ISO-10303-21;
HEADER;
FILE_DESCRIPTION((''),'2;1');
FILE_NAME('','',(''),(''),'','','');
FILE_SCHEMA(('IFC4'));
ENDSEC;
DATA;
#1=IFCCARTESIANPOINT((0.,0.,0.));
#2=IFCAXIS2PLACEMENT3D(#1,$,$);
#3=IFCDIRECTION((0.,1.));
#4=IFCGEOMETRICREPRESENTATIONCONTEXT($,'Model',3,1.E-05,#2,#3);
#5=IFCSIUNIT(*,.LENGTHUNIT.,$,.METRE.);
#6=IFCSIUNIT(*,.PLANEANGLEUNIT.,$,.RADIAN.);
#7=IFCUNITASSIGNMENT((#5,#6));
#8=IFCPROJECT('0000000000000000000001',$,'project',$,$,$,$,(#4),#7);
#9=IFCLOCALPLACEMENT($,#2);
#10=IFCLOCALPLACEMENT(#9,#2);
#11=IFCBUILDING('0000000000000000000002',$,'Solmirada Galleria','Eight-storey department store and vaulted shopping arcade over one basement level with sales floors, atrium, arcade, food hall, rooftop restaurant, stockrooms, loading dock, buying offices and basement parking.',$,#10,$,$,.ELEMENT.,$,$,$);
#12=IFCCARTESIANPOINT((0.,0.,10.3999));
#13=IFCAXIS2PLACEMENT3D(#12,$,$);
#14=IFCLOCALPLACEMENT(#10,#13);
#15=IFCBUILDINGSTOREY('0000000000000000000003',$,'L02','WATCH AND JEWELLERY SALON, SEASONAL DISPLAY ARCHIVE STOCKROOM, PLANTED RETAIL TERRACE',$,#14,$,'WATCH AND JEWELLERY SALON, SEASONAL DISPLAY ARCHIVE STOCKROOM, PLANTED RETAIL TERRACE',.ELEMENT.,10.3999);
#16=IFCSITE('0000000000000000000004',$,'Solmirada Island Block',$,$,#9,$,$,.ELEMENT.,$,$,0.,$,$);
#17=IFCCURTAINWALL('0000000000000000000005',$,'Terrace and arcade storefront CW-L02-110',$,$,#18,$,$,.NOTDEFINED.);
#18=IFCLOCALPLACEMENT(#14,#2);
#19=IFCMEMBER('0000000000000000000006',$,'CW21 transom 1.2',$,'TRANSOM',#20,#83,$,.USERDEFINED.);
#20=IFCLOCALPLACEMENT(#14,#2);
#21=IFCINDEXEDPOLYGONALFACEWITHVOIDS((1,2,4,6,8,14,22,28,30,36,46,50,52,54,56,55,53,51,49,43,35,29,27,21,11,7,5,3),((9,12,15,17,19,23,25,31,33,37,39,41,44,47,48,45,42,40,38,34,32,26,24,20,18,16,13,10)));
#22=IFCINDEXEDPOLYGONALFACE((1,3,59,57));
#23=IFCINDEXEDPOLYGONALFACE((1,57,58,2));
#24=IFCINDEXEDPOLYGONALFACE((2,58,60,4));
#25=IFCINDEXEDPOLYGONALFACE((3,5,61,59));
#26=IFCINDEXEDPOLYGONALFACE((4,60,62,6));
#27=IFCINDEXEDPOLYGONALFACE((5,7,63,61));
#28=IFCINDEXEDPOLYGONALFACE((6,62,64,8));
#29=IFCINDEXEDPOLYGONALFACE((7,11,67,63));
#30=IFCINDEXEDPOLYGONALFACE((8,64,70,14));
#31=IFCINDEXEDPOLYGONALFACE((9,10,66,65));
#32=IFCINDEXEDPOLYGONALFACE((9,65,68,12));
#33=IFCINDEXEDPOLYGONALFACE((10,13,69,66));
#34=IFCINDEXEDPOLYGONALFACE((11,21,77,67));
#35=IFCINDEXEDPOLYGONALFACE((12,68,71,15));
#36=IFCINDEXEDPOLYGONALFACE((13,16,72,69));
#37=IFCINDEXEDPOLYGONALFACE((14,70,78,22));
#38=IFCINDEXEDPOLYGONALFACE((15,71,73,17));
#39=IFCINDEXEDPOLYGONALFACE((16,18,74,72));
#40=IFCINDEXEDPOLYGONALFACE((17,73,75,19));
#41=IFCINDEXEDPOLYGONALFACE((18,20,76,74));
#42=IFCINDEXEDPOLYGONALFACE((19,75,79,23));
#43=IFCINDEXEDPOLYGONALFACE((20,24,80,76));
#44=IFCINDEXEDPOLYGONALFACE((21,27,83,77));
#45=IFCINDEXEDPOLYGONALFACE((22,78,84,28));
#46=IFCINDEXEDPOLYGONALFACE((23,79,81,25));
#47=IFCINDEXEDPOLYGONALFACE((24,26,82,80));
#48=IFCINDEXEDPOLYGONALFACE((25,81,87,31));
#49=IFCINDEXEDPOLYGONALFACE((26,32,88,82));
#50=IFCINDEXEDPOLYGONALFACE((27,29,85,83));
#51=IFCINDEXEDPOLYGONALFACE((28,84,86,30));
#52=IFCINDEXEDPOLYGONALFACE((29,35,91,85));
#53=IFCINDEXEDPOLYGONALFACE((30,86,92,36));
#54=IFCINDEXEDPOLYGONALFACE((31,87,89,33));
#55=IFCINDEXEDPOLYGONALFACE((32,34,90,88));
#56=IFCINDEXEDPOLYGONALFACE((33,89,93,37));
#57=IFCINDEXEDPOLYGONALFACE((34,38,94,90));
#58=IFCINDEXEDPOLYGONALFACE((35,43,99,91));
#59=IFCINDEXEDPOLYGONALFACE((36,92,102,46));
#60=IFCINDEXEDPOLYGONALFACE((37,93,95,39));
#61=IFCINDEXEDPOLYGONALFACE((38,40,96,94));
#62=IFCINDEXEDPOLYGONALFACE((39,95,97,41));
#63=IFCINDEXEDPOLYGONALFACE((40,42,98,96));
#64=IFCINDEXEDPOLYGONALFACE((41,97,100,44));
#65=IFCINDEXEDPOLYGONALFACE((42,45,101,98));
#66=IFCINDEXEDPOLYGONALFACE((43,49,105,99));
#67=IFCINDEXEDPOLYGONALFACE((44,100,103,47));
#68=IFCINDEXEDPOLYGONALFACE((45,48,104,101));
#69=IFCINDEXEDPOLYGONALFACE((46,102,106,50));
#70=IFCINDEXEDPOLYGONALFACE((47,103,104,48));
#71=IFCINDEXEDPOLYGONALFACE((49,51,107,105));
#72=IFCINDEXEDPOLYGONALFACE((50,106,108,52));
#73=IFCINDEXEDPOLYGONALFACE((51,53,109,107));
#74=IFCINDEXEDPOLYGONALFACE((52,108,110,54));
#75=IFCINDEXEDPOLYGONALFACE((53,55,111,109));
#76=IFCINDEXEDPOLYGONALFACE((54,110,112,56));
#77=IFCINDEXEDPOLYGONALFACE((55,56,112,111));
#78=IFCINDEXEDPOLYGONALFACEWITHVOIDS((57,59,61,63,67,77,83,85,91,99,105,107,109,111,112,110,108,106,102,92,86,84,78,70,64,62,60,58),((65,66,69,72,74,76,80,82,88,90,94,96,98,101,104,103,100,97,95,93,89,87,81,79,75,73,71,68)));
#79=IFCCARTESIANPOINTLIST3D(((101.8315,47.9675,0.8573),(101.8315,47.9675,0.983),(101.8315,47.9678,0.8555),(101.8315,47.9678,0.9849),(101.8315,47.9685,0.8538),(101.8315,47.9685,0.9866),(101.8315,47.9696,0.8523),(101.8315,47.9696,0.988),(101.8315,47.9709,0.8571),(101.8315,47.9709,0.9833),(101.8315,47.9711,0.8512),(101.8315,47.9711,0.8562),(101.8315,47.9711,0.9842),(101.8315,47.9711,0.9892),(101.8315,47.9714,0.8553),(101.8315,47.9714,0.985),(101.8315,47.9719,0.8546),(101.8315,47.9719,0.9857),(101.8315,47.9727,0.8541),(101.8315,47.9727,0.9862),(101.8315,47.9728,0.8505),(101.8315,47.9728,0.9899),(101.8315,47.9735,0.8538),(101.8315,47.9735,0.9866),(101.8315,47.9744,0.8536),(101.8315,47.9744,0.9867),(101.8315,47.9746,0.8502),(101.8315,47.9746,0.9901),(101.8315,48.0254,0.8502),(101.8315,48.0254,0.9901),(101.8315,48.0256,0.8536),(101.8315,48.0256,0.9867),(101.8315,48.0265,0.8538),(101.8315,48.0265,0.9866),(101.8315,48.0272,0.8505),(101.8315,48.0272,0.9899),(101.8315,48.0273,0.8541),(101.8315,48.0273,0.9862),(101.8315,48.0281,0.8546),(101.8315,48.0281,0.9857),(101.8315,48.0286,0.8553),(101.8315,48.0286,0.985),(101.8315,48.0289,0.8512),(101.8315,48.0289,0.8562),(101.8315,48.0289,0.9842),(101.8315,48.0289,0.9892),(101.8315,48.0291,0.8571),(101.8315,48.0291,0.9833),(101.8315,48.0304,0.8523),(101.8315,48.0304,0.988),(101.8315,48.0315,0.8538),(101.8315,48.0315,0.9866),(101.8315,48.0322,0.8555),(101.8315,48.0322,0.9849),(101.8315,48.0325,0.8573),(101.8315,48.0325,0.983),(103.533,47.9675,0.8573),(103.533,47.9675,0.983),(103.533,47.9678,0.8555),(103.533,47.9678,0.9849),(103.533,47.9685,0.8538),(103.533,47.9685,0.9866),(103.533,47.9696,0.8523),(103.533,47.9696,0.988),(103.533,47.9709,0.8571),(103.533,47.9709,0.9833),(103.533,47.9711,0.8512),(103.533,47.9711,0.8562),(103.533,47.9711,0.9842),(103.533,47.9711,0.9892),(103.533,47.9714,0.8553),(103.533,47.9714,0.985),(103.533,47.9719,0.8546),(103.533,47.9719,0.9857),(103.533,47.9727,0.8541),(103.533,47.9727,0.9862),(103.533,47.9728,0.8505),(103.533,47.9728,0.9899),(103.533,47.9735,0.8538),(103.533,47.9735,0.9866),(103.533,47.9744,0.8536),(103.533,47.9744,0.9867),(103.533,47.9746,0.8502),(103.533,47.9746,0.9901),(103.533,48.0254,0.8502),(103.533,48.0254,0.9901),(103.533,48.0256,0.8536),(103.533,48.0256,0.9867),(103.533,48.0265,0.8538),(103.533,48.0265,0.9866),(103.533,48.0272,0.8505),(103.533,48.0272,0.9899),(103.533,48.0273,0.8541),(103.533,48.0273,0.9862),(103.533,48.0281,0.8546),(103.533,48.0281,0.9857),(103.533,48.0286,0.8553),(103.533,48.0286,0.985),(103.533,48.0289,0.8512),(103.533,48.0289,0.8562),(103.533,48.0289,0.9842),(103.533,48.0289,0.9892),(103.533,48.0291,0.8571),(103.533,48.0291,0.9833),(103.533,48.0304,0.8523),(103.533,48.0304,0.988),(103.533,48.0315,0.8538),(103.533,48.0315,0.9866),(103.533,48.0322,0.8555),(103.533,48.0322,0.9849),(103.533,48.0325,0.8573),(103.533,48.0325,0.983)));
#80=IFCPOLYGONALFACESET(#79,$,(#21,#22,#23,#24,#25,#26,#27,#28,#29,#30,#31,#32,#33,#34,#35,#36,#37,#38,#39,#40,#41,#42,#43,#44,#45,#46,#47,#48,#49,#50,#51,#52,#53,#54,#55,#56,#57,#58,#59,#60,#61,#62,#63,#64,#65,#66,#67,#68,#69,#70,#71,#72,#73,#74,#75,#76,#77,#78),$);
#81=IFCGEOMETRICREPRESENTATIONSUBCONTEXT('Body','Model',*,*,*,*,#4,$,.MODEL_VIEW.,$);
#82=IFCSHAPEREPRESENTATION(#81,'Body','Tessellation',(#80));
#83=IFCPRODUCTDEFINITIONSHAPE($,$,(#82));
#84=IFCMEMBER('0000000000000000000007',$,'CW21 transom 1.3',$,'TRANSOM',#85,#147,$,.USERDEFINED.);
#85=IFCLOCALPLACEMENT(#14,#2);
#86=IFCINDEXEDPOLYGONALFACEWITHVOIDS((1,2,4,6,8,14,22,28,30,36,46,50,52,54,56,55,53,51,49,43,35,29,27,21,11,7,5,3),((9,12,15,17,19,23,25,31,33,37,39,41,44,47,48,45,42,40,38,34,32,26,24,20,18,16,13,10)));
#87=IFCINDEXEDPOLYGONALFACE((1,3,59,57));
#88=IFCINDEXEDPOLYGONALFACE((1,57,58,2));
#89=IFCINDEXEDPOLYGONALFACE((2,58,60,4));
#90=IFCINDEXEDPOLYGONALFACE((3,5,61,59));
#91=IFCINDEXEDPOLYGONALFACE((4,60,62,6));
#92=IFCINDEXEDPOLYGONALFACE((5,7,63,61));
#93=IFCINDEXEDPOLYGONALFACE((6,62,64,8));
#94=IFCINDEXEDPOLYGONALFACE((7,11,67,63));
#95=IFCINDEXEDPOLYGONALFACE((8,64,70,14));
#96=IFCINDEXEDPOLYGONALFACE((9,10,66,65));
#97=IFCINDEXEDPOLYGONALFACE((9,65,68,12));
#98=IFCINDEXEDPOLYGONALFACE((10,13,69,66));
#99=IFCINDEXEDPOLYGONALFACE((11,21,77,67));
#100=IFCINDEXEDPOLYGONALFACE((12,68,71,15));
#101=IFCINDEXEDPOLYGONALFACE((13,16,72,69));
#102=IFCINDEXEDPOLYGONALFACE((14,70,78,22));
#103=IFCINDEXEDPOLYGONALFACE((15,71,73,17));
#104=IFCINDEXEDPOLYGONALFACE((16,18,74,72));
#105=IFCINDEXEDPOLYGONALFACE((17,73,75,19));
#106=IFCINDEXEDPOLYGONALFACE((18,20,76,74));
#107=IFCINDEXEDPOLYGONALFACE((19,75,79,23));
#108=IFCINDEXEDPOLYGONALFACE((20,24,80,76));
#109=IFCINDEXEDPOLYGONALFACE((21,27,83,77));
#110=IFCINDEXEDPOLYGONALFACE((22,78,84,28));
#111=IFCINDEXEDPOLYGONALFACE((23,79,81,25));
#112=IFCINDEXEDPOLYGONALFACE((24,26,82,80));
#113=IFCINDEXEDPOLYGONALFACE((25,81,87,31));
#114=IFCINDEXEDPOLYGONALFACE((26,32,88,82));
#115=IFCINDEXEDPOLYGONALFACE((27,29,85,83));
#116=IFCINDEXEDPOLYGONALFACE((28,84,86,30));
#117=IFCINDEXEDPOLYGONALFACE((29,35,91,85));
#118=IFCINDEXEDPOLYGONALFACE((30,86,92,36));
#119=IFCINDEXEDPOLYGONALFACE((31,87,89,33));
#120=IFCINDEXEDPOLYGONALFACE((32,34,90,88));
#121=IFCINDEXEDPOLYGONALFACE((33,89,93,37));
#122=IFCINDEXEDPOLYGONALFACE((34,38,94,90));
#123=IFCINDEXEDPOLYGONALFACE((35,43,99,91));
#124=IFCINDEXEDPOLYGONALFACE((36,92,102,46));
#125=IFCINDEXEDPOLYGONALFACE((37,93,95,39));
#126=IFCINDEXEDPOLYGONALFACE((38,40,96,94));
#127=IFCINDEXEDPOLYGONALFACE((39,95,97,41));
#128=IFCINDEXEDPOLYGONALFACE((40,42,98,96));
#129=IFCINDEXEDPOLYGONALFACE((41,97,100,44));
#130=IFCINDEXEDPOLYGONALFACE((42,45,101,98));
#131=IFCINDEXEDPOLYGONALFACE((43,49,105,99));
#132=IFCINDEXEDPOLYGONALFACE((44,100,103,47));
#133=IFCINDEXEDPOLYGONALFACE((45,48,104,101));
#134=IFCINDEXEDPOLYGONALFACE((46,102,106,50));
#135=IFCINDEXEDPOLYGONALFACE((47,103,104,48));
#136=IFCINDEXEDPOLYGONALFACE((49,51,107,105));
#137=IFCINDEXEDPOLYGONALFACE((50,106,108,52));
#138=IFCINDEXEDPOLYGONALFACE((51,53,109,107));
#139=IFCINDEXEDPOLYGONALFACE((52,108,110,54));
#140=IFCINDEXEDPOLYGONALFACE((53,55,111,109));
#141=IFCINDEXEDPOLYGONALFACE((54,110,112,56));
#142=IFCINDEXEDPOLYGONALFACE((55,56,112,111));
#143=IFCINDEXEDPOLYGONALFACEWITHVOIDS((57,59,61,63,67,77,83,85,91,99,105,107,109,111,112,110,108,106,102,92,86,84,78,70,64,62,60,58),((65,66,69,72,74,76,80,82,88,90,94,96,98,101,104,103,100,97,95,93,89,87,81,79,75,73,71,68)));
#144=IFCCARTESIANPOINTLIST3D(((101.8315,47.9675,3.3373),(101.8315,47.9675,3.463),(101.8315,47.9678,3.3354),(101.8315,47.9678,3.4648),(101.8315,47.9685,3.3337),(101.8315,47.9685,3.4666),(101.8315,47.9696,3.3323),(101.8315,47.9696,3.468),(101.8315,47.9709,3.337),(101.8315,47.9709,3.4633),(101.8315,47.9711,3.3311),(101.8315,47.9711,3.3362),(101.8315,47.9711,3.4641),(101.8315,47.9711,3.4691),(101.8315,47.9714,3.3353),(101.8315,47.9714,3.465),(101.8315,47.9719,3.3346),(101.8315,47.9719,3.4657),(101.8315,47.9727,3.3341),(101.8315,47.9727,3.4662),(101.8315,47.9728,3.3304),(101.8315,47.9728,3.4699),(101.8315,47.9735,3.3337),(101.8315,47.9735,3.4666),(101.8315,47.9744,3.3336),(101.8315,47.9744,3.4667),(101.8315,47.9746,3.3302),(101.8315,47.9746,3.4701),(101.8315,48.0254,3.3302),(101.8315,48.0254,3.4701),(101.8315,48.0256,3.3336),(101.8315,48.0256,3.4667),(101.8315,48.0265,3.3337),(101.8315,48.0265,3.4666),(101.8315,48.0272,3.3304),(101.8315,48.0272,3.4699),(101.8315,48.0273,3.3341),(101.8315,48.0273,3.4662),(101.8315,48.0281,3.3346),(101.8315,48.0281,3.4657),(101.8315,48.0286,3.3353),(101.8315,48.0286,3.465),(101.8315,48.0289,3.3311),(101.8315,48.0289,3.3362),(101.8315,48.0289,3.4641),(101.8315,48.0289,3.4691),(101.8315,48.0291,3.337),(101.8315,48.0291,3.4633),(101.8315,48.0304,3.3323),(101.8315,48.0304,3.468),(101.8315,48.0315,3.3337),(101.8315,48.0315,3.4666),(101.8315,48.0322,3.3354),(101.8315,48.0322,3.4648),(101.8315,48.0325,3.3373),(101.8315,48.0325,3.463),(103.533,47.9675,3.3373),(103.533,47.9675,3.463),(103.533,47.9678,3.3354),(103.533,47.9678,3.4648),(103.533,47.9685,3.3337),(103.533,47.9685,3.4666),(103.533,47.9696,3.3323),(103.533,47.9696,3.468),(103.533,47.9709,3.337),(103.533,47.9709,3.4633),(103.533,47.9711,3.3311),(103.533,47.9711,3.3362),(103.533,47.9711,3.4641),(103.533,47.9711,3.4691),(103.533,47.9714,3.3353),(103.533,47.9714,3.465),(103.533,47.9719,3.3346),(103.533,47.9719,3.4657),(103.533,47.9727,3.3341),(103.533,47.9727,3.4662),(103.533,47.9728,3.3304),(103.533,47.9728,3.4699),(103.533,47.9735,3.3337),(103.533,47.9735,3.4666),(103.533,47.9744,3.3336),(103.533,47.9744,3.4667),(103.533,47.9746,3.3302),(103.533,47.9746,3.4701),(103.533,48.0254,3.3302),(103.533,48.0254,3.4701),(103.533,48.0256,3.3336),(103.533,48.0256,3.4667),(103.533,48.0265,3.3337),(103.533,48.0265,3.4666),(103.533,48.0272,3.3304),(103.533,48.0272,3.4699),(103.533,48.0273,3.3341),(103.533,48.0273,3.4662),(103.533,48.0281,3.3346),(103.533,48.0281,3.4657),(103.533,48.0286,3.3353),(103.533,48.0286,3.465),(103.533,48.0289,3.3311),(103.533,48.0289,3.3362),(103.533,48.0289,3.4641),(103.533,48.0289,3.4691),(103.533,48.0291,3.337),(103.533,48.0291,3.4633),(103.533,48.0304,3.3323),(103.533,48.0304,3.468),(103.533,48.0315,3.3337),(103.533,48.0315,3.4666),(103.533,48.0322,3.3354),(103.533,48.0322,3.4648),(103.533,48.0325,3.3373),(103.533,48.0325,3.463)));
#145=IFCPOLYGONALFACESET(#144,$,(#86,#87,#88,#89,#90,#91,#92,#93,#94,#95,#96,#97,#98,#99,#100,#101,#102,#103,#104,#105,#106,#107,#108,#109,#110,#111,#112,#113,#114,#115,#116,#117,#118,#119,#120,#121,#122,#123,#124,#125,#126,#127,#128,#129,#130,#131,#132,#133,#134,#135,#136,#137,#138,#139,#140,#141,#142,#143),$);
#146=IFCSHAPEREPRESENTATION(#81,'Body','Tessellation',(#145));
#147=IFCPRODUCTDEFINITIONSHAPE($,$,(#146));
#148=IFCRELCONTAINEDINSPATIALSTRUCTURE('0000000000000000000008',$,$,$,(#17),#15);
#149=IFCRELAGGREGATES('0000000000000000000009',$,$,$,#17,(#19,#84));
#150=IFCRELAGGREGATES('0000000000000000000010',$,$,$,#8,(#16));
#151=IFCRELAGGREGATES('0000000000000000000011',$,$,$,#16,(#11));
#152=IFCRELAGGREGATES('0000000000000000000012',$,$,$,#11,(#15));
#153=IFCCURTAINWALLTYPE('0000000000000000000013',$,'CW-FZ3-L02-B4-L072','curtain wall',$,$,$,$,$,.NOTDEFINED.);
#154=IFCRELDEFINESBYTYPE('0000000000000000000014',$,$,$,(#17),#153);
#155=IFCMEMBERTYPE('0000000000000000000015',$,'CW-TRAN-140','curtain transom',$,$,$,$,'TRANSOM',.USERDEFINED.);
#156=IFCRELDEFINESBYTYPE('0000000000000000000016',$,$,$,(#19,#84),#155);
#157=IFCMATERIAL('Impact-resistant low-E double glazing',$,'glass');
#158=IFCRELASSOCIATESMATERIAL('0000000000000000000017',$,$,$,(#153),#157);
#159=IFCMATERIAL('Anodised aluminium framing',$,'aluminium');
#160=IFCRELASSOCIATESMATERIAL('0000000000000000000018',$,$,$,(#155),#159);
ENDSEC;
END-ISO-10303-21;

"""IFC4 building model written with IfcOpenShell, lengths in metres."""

from ifc_helpers import new_model, si_unit, direction, frame, origin, origin_2d, place, context, subcontext, project, spatial, hollow_rectangle, extrude, material, material_profile, profile_set, type_object, element, aggregate, save


model = new_model("IFC4")

# Units and contexts
model_context = context("Model", 3, precision=1e-05, world=origin(), true_north=direction((0.0, 1.0)))
body_context = subcontext(model_context, "Body", "Model", "MODEL_VIEW")
ifc_project = project(units=[si_unit("LENGTHUNIT", "METRE"), si_unit("PLANEANGLEUNIT", "RADIAN")], contexts=[model_context])

# Site, building, storey
site_placement = place(None, origin())
site = spatial("IfcSite", under=ifc_project, at=site_placement, Name="Solmirada Island Block", CompositionType="ELEMENT", RefElevation=0.0)
building_placement = place(site_placement, origin())
building = spatial("IfcBuilding", under=site, at=building_placement, Name="Solmirada Galleria", Description="Eight-storey department store and vaulted shopping arcade over one basement level with sales floors, atrium, arcade, food hall, rooftop restaurant, stockrooms, loading dock, buying offices and basement parking.", CompositionType="ELEMENT")
storey_placement = place(building_placement, frame((0.0, 0.0, 10.3999)))
storey = spatial("IfcBuildingStorey", under=building, at=storey_placement, Name="L02", Description="WATCH AND JEWELLERY SALON, SEASONAL DISPLAY ARCHIVE STOCKROOM, PLANTED RETAIL TERRACE", LongName="WATCH AND JEWELLERY SALON, SEASONAL DISPLAY ARCHIVE STOCKROOM, PLANTED RETAIL TERRACE", CompositionType="ELEMENT", Elevation=10.3999)

# Curtain wall
ifc_material_1 = material(Name="Impact-resistant low-E double glazing", Category="glass")
curtain_wall_type = type_object("IfcCurtainWallType", Name="CW-FZ3-L02-B4-L072", Description="curtain wall", PredefinedType="NOTDEFINED", material=ifc_material_1)
ifc_material_2 = material(Name="Anodised aluminium framing", Category="aluminium")
curtain_wall_1_placement = place(storey_placement, origin())
curtain_wall_1 = element("IfcCurtainWall", 1, at=curtain_wall_1_placement, inside=storey, type_object=curtain_wall_type, Name="Terrace and arcade storefront CW-L02-110", PredefinedType="NOTDEFINED")

# Members
ifc_material_profile_1 = material_profile(ifc_material_2, hollow_rectangle(XDim=0.0649, YDim=0.1399, WallThickness=0.0034, InnerFilletRadius=0.0034, OuterFilletRadius=0.0071, at=origin_2d()), Name="ALU-TRAN-140X65")
ifc_profile_set_1 = profile_set([ifc_material_profile_1], Name="Anodised aluminium framing")
member_type_1 = type_object("IfcMemberType", Name="CW-TRAN-140", Description="curtain transom", ElementType="TRANSOM", PredefinedType="USERDEFINED", material=ifc_profile_set_1)
member_1_placement = place(storey_placement, frame((103.533, 48.0, 0.9202), z_axis=(-1.0, 0.0, 0.0), x_axis=(0.0, -1.0, 0.0)))
member_1 = element("IfcMember", 2, at=member_1_placement, type_object=member_type_1, Name="CW21 transom 1.2", ObjectType="TRANSOM", PredefinedType="USERDEFINED", context=body_context, shape_type="SweptSolid", body=[
    extrude(hollow_rectangle(XDim=0.0649, YDim=0.1399, WallThickness=0.0034, InnerFilletRadius=0.0034, OuterFilletRadius=0.0071, at=origin_2d()), origin(), (0.0, 0.0, 1.0), 1.7014),
])
member_2_placement = place(storey_placement, frame((103.533, 48.0, 3.4001), z_axis=(-1.0, 0.0, 0.0), x_axis=(0.0, -1.0, 0.0)))
member_2 = element("IfcMember", 3, at=member_2_placement, type_object=member_type_1, Name="CW21 transom 1.3", ObjectType="TRANSOM", PredefinedType="USERDEFINED", context=body_context, shape_type="SweptSolid", body=[
    extrude(hollow_rectangle(XDim=0.0649, YDim=0.1399, WallThickness=0.0034, InnerFilletRadius=0.0034, OuterFilletRadius=0.0071, at=origin_2d()), origin(), (0.0, 0.0, 1.0), 1.7014),
])

aggregate(curtain_wall_1, [member_1, member_2])

save(model, "model.ifc")
